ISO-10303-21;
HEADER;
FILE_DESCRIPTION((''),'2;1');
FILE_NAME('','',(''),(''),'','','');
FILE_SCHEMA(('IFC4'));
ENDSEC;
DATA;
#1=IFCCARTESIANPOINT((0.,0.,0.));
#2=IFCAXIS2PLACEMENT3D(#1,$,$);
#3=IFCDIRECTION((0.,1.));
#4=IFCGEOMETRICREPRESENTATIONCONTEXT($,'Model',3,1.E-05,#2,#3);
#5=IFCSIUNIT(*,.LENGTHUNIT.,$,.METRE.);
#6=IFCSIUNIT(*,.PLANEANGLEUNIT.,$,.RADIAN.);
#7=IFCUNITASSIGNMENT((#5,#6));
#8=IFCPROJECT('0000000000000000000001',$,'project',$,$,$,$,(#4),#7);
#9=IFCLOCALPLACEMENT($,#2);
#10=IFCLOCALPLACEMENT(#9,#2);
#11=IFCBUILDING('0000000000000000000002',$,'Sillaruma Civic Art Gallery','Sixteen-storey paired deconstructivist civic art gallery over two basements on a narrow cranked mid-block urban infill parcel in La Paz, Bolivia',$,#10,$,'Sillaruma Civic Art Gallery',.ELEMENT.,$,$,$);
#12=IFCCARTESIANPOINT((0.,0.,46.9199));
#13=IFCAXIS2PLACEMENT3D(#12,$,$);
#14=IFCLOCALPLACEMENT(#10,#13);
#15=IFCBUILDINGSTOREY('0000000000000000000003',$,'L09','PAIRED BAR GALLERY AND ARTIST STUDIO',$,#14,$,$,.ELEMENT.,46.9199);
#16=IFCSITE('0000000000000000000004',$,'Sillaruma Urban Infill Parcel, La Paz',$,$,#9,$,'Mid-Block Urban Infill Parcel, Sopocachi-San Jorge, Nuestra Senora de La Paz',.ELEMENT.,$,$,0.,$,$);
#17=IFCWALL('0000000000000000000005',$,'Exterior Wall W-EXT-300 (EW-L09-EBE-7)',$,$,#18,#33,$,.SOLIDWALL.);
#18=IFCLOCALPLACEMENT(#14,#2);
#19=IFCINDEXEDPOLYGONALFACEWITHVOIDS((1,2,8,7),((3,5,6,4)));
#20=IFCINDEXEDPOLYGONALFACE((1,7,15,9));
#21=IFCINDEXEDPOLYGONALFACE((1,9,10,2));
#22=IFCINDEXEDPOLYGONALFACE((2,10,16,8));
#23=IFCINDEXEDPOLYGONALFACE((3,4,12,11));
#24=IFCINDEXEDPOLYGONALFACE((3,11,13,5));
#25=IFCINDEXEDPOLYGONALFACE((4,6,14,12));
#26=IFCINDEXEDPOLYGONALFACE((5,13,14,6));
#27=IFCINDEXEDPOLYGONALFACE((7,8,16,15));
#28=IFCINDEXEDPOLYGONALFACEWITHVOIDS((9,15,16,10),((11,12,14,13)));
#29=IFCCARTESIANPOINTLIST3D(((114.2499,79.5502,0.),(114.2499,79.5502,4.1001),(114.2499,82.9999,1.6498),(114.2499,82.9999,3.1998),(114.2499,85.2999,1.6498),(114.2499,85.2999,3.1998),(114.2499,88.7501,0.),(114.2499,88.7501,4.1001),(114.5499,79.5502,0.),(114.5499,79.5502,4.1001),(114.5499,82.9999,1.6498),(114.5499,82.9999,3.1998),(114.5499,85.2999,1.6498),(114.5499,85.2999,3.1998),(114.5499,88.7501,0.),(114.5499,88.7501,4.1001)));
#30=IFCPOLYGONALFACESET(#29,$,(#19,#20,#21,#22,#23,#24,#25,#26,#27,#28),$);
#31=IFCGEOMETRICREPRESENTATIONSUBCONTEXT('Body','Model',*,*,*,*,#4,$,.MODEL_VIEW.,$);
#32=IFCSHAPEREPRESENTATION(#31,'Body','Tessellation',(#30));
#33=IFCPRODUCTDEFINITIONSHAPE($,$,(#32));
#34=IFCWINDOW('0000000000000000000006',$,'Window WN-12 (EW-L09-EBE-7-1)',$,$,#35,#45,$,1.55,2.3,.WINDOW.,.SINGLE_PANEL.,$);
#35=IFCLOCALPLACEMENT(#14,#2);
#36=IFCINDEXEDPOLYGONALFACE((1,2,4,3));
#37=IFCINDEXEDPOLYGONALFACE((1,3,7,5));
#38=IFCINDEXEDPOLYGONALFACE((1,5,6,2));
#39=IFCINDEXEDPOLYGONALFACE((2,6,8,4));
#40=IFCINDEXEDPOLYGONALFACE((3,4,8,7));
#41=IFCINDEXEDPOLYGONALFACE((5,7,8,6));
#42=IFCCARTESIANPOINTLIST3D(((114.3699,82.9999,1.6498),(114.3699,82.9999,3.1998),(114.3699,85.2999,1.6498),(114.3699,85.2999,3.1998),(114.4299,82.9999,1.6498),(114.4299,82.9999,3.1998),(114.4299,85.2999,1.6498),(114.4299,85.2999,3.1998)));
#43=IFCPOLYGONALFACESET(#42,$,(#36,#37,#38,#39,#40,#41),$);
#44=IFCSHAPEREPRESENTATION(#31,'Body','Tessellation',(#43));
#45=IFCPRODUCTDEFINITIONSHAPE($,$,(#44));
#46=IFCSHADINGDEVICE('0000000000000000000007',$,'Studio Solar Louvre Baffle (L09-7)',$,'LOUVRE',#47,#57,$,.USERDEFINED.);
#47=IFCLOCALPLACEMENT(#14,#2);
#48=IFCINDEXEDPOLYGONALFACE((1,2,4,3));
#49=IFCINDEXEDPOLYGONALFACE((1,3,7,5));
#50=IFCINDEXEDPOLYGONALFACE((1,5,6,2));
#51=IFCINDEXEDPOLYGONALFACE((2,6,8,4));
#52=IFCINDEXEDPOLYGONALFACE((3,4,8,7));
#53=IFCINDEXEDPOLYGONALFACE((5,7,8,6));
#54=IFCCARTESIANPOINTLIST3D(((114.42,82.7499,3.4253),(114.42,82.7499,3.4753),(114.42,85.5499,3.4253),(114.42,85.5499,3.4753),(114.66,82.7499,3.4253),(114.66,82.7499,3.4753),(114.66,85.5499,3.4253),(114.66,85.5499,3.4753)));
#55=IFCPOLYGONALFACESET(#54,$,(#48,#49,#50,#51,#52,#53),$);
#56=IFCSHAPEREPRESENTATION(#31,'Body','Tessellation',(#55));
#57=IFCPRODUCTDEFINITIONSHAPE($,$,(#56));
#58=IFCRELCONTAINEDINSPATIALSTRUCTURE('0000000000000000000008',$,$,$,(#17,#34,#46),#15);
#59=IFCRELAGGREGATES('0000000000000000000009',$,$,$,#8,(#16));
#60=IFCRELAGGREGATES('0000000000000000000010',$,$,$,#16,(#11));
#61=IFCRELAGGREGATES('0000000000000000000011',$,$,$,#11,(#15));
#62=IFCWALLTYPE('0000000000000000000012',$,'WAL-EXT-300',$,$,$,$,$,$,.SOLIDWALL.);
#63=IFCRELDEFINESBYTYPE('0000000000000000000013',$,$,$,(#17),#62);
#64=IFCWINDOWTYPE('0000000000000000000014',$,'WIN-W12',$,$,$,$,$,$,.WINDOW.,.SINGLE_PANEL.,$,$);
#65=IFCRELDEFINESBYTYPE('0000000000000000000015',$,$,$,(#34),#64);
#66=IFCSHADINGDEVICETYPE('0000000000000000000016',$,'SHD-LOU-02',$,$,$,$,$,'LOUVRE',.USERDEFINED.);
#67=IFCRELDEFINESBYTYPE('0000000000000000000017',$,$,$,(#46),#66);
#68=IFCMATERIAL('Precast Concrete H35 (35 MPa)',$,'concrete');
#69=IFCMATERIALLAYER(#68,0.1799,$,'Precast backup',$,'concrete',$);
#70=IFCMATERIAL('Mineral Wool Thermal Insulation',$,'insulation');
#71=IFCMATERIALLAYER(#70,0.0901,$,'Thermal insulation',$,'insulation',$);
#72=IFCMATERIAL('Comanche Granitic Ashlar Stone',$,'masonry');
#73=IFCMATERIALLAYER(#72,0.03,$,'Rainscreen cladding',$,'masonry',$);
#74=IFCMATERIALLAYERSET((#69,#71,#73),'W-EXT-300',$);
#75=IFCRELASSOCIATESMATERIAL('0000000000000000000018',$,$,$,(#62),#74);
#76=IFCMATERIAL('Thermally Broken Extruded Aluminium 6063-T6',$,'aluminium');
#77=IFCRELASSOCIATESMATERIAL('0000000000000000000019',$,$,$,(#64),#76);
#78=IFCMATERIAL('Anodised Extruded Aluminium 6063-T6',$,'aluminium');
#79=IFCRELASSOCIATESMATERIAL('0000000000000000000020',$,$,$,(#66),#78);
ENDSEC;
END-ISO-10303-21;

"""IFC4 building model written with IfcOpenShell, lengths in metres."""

from ifc_helpers import new_model, si_unit, direction, frame, frame_2d, origin, origin_2d, place, context, subcontext, project, spatial, rectangle, extrude, material, layer, layer_set, type_object, element, fill, save


model = new_model("IFC4")

# Units and contexts
model_context = context("Model", 3, precision=1e-05, world=origin(), true_north=direction((0.0, 1.0)))
body_context = subcontext(model_context, "Body", "Model", "MODEL_VIEW")
ifc_project = project(units=[si_unit("LENGTHUNIT", "METRE"), si_unit("PLANEANGLEUNIT", "RADIAN")], contexts=[model_context])

# Site, building, storey
site_placement = place(None, origin())
site = spatial("IfcSite", under=ifc_project, at=site_placement, Name="Sillaruma Urban Infill Parcel, La Paz", LongName="Mid-Block Urban Infill Parcel, Sopocachi-San Jorge, Nuestra Senora de La Paz", CompositionType="ELEMENT", RefElevation=0.0)
building_placement = place(site_placement, origin())
building = spatial("IfcBuilding", under=site, at=building_placement, Name="Sillaruma Civic Art Gallery", Description="Sixteen-storey paired deconstructivist civic art gallery over two basements on a narrow cranked mid-block urban infill parcel in La Paz, Bolivia", LongName="Sillaruma Civic Art Gallery", CompositionType="ELEMENT")
storey_placement = place(building_placement, frame((0.0, 0.0, 46.9199)))
storey = spatial("IfcBuildingStorey", under=building, at=storey_placement, Name="L09", Description="PAIRED BAR GALLERY AND ARTIST STUDIO", CompositionType="ELEMENT", Elevation=46.9199)

# Shared definitions
ifc_material_1 = material(Name="Thermally Broken Extruded Aluminium 6063-T6", Category="aluminium")

# Shared definitions
ifc_material_2 = material(Name="Mineral Wool Thermal Insulation", Category="insulation")

# Wall, opening, window
ifc_material_3 = material(Name="Precast Concrete H35 (35 MPa)", Category="concrete")
ifc_layer_1 = layer(ifc_material_3, 0.1799, Name="Precast backup", Category="concrete")
ifc_layer_2 = layer(ifc_material_2, 0.0901, Name="Thermal insulation", Category="insulation")
ifc_material_4 = material(Name="Comanche Granitic Ashlar Stone", Category="masonry")
ifc_layer_3 = layer(ifc_material_4, 0.03, Name="Rainscreen cladding", Category="masonry")
ifc_layer_set_1 = layer_set([ifc_layer_1, ifc_layer_2, ifc_layer_3], Name="W-EXT-300")
wall_type_1 = type_object("IfcWallType", Name="WAL-EXT-300", PredefinedType="SOLIDWALL", material=ifc_layer_set_1)
wall_1_placement = place(storey_placement, frame((114.3999, 79.55, 0.0), z_axis=(0.0, 0.0, 1.0), x_axis=(0.0, 1.0, 0.0)))
wall_1 = element("IfcWall", 1, at=wall_1_placement, inside=storey, type_object=wall_type_1, Name="Exterior Wall W-EXT-300 (EW-L09-EBE-7)", PredefinedType="SOLIDWALL", context=body_context, shape_type="SweptSolid", body=[
    extrude(rectangle(XDim=9.2, YDim=0.3, at=frame_2d((4.6001, 0.0))), origin(), (0.0, 0.0, 1.0), 4.1001),
])
opening_placement = place(wall_1_placement, frame((3.45, 0.0, 1.6499)))
opening = element("IfcOpeningElement", 2, at=opening_placement, cuts=wall_1, PredefinedType="OPENING", context=body_context, shape_type="SweptSolid", body=[
    extrude(rectangle(XDim=2.3, YDim=1.55, at=frame_2d((1.1499, 0.7749))), frame((0.0, 0.1599, 0.0), z_axis=(0.0, -1.0, 0.0), x_axis=(1.0, 0.0, 0.0)), (0.0, 0.0, 1.0), 0.3201),
])
window_type = type_object("IfcWindowType", Name="WIN-W12", PartitioningType="SINGLE_PANEL", PredefinedType="WINDOW", material=ifc_material_1)
window_placement = place(opening_placement, origin())
window = element("IfcWindow", 3, at=window_placement, inside=storey, type_object=window_type, Name="Window WN-12 (EW-L09-EBE-7-1)", OverallHeight=1.55, OverallWidth=2.3, PartitioningType="SINGLE_PANEL", PredefinedType="WINDOW", context=body_context, shape_type="SweptSolid", body=[
    extrude(rectangle(XDim=2.3, YDim=1.55, at=frame_2d((1.1499, 0.7749))), frame((0.0, 0.03, 0.0), z_axis=(0.0, -1.0, 0.0), x_axis=(1.0, 0.0, 0.0)), (0.0, 0.0, 1.0), 0.0601),
])
fill(opening, window)

# Shading device
ifc_material_5 = material(Name="Anodised Extruded Aluminium 6063-T6", Category="aluminium")
shading_device_type = type_object("IfcShadingDeviceType", Name="SHD-LOU-02", ElementType="LOUVRE", PredefinedType="USERDEFINED", material=ifc_material_5)
shading_device_placement = place(storey_placement, frame((114.54, 84.1499, 3.4253), z_axis=(0.0, 0.0, 1.0), x_axis=(0.0, 1.0, 0.0)))
element("IfcShadingDevice", 4, at=shading_device_placement, inside=storey, type_object=shading_device_type, Name="Studio Solar Louvre Baffle (L09-7)", ObjectType="LOUVRE", PredefinedType="USERDEFINED", context=body_context, shape_type="SweptSolid", body=[
    extrude(rectangle(XDim=2.8, YDim=0.24, at=origin_2d()), origin(), (0.0, 0.0, 1.0), 0.05),
])

save(model, "model.ifc")
